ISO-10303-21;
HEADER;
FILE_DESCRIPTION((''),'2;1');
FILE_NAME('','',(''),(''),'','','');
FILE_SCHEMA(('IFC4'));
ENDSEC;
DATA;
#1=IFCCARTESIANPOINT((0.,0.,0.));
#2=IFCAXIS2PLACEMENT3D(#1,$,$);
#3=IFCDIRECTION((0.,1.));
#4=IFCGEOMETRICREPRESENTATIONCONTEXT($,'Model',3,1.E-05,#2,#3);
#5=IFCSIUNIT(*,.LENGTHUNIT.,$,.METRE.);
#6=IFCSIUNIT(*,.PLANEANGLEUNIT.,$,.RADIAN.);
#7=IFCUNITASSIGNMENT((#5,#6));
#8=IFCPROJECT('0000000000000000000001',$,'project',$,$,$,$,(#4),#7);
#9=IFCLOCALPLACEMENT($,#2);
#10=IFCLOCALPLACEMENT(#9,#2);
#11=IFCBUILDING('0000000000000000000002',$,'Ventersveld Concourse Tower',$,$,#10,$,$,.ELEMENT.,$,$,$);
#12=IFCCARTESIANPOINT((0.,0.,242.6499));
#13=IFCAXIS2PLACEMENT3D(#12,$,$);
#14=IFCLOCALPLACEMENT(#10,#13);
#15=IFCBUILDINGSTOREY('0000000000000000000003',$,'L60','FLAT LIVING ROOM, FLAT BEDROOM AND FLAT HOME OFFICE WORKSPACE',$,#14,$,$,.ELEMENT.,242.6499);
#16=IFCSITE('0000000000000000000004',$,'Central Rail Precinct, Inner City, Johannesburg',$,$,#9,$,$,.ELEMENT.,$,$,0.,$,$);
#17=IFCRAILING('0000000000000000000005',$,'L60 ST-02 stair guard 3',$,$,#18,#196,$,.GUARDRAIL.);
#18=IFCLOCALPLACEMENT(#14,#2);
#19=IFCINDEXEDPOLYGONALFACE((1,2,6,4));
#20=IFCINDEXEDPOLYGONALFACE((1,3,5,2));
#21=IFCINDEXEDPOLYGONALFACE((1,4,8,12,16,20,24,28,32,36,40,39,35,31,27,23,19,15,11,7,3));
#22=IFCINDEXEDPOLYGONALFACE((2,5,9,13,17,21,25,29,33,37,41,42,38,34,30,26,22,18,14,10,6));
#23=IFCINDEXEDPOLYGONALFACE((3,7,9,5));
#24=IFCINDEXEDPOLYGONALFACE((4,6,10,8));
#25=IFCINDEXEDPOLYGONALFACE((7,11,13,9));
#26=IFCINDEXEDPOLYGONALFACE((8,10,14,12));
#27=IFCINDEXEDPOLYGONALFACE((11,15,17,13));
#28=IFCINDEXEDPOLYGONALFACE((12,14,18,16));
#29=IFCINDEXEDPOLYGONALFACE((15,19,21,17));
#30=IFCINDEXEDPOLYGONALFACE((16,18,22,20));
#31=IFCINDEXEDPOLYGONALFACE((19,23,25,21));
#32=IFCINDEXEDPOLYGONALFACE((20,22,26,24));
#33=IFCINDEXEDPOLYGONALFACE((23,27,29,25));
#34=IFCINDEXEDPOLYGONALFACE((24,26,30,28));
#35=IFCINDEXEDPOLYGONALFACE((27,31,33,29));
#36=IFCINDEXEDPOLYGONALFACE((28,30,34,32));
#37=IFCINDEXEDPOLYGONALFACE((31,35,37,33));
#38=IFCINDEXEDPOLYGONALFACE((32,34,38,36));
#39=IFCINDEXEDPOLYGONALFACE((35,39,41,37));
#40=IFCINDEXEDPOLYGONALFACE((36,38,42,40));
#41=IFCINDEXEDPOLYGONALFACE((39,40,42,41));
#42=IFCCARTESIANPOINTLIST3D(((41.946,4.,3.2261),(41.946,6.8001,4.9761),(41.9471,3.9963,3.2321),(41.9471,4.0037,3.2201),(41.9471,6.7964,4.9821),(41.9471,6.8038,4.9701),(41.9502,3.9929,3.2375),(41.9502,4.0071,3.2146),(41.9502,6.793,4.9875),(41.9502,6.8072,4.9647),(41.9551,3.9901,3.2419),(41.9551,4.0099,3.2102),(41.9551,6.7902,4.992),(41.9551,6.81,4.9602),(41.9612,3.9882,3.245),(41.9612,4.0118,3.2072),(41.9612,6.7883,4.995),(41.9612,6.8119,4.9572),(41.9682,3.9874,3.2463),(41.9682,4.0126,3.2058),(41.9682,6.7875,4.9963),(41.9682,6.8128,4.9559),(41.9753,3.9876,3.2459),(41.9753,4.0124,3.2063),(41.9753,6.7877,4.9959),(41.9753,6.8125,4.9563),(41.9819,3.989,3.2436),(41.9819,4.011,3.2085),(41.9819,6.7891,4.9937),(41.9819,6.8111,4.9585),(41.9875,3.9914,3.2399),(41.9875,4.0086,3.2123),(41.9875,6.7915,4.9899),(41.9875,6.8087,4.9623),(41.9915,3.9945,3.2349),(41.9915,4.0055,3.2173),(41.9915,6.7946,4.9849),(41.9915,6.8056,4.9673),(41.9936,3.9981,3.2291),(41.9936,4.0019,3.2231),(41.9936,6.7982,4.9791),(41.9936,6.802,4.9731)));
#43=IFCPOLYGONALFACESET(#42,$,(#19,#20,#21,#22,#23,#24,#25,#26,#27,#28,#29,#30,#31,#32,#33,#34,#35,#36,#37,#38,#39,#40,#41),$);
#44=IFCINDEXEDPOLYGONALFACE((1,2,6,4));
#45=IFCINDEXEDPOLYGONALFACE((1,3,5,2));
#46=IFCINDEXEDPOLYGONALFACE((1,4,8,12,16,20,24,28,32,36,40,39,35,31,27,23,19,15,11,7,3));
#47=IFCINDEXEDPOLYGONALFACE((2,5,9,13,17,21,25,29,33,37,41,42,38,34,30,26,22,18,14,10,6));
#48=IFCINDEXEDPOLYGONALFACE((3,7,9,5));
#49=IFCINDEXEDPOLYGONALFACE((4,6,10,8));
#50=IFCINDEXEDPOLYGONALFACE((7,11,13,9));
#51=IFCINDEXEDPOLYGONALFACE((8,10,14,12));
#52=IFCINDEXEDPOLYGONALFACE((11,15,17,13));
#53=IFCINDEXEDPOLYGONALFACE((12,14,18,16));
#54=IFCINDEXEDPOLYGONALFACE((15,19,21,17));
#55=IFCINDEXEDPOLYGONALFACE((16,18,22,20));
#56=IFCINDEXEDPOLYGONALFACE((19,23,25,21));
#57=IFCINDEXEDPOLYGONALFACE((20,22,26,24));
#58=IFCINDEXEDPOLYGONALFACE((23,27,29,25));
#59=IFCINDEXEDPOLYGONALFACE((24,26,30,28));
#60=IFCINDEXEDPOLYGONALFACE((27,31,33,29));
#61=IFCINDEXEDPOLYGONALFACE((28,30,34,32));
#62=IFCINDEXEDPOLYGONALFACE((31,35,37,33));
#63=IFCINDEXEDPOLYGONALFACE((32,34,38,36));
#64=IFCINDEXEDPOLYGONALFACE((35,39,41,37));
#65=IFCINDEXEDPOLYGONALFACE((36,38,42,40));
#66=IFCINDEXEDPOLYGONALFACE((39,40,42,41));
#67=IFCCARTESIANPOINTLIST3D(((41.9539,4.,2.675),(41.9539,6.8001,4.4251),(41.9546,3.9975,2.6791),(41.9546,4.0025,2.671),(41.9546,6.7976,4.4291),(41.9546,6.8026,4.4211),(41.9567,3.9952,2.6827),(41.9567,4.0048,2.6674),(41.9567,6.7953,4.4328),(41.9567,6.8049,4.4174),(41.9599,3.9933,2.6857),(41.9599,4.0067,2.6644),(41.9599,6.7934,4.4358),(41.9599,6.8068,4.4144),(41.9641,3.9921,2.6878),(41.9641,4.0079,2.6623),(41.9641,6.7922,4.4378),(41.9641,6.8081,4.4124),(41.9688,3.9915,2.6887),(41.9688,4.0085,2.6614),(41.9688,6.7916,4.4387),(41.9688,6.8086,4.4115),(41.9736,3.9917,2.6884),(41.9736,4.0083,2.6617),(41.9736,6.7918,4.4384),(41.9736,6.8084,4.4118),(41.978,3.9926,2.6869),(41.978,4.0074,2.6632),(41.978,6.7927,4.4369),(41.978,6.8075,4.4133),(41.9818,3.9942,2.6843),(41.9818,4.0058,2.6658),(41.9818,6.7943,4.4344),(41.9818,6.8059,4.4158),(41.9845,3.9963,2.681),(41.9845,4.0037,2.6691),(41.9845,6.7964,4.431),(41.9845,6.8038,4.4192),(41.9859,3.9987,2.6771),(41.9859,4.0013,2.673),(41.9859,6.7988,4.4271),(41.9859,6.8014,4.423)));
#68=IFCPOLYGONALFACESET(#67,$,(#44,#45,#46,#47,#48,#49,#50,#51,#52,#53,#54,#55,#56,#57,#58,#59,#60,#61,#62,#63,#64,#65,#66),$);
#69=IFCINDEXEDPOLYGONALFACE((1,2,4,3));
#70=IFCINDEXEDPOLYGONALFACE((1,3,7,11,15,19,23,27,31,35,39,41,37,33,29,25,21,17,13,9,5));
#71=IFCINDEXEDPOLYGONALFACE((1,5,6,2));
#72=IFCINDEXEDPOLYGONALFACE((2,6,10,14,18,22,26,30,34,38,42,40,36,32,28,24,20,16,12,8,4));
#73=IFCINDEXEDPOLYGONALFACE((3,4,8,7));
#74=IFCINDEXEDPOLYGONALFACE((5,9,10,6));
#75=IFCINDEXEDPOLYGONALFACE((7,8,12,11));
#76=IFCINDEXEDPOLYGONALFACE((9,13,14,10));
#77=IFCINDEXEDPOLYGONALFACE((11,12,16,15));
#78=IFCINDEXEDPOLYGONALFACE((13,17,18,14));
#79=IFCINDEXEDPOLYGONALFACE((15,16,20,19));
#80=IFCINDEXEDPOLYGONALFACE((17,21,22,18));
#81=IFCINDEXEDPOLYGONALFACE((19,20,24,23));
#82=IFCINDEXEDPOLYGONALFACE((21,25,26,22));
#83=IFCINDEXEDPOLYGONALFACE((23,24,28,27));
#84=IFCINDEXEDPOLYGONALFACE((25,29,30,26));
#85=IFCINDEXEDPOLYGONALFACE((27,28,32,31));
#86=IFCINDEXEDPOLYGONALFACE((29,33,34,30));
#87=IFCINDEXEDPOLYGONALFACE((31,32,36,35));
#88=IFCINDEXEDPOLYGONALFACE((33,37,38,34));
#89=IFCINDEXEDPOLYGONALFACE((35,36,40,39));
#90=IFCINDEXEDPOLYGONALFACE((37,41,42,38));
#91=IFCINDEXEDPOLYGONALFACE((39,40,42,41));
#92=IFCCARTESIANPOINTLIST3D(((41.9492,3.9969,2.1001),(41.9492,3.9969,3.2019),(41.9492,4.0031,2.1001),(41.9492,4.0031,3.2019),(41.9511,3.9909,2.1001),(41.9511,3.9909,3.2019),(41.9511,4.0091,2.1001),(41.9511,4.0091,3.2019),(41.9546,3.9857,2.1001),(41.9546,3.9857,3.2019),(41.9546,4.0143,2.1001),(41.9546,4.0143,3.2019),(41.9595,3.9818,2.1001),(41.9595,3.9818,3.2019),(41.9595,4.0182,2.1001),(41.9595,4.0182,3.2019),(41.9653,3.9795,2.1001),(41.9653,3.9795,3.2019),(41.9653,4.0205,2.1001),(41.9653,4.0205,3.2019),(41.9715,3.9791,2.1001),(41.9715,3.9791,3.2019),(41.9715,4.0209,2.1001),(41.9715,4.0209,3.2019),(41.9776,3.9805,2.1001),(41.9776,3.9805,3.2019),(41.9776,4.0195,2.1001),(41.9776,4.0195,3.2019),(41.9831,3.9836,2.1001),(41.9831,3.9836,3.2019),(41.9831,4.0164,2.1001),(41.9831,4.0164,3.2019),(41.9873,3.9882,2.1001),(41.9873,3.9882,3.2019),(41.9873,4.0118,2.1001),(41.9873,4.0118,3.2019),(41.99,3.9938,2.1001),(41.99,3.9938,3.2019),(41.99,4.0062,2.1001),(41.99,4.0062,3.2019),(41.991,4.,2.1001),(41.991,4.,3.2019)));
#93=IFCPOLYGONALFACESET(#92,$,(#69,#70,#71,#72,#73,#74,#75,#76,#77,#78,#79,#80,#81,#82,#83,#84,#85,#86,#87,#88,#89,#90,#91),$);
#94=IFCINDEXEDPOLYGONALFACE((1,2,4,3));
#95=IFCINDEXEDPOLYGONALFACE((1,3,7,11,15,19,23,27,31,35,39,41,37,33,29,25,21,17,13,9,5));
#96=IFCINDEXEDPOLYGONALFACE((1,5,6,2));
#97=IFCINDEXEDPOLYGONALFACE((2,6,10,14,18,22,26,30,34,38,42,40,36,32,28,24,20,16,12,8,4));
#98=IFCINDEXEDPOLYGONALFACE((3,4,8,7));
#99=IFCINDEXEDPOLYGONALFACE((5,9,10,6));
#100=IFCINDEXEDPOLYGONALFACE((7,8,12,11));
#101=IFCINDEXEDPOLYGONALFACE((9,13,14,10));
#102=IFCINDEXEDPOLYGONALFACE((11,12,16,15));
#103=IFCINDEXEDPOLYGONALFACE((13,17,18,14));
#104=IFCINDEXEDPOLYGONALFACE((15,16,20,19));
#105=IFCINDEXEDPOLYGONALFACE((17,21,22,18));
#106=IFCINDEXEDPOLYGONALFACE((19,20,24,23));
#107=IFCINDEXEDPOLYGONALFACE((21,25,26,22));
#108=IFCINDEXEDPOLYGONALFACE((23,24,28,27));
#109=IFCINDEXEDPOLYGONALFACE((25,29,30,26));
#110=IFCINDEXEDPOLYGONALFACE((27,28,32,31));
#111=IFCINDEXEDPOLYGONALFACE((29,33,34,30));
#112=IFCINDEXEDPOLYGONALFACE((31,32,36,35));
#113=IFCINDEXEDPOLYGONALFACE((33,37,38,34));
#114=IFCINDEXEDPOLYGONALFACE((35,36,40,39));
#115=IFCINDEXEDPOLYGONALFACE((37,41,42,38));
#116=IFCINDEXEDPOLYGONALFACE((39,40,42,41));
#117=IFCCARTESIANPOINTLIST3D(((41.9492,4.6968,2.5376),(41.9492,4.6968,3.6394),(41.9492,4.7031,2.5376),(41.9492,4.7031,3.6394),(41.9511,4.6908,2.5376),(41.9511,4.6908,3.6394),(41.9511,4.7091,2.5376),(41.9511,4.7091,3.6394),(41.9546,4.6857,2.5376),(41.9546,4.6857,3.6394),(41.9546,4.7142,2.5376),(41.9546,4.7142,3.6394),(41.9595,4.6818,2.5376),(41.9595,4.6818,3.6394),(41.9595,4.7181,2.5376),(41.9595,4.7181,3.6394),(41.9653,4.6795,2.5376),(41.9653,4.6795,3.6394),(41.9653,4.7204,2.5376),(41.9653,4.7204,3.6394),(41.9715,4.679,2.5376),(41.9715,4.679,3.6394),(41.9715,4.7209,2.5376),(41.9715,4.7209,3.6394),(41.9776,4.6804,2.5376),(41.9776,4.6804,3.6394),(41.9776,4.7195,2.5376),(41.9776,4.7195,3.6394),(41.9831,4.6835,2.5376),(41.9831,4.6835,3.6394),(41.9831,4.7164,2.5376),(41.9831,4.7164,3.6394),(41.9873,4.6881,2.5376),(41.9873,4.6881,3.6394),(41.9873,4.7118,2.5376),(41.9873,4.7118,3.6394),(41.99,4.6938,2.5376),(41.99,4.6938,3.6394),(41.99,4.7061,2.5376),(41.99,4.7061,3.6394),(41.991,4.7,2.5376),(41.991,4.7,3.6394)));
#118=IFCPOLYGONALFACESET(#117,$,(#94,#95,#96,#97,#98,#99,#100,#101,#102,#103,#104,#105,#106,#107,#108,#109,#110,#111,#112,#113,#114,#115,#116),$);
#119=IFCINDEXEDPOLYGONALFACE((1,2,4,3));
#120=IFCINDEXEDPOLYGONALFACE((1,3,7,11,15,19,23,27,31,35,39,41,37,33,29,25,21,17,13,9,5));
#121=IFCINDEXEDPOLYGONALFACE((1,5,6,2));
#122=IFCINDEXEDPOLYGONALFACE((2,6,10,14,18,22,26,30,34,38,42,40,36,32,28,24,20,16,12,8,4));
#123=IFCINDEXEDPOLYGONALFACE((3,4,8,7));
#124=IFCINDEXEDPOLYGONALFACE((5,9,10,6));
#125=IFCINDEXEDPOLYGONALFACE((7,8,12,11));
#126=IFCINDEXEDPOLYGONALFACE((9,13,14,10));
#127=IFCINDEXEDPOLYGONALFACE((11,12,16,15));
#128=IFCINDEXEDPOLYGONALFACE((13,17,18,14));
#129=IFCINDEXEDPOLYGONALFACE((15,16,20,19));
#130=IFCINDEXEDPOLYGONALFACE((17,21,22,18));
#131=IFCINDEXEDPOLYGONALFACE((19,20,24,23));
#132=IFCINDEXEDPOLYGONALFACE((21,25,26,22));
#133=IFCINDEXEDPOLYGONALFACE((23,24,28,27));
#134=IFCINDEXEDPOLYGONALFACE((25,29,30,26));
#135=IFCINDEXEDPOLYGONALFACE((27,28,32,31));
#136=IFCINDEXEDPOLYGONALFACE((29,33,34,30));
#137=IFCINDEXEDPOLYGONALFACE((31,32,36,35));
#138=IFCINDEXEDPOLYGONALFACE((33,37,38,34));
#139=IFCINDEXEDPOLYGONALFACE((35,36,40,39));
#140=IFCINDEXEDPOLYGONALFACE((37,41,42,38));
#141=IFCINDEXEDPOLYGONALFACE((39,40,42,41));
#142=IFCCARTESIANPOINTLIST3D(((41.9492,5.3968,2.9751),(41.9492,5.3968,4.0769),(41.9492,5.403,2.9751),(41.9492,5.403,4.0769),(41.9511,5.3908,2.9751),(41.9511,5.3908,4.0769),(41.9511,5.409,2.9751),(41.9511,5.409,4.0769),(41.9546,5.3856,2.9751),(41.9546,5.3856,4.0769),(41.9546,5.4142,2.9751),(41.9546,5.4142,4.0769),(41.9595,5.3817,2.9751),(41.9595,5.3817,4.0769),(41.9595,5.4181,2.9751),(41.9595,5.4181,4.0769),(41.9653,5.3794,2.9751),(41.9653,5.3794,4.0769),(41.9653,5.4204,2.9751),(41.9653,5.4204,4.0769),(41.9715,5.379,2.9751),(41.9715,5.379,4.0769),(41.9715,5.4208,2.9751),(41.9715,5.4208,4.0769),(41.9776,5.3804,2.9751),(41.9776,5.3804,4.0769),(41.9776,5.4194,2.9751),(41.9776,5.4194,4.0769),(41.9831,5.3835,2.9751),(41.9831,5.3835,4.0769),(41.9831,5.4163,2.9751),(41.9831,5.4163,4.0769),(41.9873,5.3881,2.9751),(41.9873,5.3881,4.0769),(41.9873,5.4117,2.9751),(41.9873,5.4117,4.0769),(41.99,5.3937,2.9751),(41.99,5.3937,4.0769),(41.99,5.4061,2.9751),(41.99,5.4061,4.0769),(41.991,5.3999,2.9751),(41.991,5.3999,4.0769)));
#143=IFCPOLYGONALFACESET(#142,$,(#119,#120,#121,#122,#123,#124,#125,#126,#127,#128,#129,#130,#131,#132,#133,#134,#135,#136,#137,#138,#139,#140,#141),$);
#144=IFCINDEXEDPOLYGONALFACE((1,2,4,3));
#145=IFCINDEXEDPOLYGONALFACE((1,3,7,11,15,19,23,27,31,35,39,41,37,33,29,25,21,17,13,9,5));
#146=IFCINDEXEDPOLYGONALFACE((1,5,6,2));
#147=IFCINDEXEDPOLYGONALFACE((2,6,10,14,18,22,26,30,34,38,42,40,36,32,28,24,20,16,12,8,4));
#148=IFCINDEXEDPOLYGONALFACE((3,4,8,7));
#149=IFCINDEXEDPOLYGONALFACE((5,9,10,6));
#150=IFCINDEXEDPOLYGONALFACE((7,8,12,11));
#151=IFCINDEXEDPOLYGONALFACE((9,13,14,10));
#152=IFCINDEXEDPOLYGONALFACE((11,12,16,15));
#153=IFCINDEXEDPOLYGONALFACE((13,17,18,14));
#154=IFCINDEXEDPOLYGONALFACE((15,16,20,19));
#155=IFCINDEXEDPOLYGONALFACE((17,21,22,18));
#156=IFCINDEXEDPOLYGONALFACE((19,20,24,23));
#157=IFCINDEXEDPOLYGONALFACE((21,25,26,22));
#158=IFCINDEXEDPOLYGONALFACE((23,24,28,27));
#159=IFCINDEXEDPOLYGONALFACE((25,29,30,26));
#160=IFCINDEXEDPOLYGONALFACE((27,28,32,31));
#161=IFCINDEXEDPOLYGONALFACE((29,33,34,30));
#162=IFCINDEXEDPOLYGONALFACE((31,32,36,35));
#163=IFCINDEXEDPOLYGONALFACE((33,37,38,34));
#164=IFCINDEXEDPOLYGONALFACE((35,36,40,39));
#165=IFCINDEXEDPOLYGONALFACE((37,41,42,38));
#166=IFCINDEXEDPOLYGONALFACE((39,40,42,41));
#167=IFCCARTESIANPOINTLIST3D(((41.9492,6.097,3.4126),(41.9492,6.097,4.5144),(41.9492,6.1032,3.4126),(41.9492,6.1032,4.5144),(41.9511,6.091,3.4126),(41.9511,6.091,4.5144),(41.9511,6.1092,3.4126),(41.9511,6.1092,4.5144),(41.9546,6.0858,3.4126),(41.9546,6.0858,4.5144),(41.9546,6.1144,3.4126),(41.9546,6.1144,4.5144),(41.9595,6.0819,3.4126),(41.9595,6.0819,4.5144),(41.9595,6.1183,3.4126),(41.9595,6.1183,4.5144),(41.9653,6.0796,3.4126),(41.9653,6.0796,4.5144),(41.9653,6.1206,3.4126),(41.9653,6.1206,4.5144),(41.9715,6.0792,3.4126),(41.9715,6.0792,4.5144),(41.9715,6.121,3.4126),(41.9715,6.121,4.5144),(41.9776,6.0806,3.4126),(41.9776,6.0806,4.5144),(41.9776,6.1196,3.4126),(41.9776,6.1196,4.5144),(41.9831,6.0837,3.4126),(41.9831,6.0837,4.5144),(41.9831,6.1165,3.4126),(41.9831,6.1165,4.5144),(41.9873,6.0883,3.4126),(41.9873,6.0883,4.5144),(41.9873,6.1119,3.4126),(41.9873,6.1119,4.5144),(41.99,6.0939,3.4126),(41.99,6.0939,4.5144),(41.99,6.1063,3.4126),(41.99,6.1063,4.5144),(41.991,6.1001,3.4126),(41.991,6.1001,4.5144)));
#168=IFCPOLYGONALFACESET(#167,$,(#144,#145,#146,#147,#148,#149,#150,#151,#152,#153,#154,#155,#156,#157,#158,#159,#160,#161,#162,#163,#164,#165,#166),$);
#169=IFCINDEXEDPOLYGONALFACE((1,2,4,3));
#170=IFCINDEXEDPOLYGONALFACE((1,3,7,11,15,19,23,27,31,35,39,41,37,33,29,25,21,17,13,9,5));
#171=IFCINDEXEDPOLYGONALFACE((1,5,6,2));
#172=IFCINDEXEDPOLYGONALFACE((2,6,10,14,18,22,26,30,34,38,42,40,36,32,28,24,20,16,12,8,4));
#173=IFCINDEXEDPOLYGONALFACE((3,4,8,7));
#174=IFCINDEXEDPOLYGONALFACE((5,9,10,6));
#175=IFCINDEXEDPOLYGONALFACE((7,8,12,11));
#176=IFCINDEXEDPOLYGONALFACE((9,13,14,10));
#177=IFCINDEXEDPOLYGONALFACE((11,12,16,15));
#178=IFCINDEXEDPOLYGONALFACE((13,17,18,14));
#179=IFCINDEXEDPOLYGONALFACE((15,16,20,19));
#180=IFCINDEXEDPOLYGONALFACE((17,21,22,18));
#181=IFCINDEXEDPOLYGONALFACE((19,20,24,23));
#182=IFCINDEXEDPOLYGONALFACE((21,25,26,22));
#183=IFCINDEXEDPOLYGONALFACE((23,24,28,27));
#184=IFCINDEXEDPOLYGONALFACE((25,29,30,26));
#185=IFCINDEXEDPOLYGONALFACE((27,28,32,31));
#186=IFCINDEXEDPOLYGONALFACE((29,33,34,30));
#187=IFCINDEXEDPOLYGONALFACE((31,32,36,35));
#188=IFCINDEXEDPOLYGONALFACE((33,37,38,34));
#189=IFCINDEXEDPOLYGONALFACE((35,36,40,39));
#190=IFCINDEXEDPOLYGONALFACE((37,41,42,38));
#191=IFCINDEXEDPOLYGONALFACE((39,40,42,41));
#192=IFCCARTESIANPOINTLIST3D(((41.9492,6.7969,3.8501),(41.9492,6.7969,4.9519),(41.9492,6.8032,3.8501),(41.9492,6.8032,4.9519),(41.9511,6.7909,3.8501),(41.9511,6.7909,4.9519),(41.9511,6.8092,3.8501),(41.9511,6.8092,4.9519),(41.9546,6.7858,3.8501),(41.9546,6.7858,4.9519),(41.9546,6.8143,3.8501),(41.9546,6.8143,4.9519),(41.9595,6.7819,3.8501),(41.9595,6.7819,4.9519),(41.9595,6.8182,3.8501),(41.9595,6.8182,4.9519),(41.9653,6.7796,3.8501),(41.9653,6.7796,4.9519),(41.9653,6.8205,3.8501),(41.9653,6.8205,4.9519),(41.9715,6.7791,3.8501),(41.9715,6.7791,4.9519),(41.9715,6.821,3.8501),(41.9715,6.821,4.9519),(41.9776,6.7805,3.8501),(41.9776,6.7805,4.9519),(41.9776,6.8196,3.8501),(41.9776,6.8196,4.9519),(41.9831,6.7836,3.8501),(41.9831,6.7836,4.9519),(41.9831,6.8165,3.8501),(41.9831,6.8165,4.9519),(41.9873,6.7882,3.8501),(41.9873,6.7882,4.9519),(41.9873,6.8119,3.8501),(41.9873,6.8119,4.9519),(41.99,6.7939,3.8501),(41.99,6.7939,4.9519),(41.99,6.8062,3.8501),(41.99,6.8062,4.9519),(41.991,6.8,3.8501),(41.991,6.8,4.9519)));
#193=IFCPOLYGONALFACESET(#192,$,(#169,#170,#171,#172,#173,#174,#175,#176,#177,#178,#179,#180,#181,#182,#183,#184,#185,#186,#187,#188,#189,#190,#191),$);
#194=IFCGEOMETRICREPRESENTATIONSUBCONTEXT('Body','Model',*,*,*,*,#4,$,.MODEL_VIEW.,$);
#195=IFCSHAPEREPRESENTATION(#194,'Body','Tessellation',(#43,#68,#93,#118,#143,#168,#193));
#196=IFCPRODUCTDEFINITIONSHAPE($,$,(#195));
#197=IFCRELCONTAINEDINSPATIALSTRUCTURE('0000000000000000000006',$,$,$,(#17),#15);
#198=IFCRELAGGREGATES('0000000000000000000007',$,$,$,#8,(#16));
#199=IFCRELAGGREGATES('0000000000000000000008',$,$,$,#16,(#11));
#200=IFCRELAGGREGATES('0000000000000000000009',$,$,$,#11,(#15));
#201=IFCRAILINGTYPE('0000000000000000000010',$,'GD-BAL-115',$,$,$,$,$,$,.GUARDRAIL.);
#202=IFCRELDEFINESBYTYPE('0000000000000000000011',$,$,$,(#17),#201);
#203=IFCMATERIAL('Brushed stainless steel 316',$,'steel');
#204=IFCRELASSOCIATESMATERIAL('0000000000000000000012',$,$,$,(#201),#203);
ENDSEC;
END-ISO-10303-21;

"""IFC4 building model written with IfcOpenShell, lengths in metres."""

from ifc_helpers import new_model, si_unit, direction, frame, origin, origin_2d, place, context, subcontext, project, spatial, circle, extrude, material, type_object, element, save


model = new_model("IFC4")

# Units and contexts
model_context = context("Model", 3, precision=1e-05, world=origin(), true_north=direction((0.0, 1.0)))
body_context = subcontext(model_context, "Body", "Model", "MODEL_VIEW")
ifc_project = project(units=[si_unit("LENGTHUNIT", "METRE"), si_unit("PLANEANGLEUNIT", "RADIAN")], contexts=[model_context])

# Site, building, storey
site_placement = place(None, origin())
site = spatial("IfcSite", under=ifc_project, at=site_placement, Name="Central Rail Precinct, Inner City, Johannesburg", CompositionType="ELEMENT", RefElevation=0.0)
building_placement = place(site_placement, origin())
building = spatial("IfcBuilding", under=site, at=building_placement, Name="Ventersveld Concourse Tower", CompositionType="ELEMENT")
storey_placement = place(building_placement, frame((0.0, 0.0, 242.6499)))
storey = spatial("IfcBuildingStorey", under=building, at=storey_placement, Name="L60", Description="FLAT LIVING ROOM, FLAT BEDROOM AND FLAT HOME OFFICE WORKSPACE", CompositionType="ELEMENT", Elevation=242.6499)

# Railing
ifc_material_1 = material(Name="Brushed stainless steel 316", Category="steel")
railing_type_1 = type_object("IfcRailingType", Name="GD-BAL-115", PredefinedType="GUARDRAIL", material=ifc_material_1)
railing_1_placement = place(storey_placement, frame((41.97, 4.0, 2.1001)))
element("IfcRailing", 1, at=railing_1_placement, inside=storey, type_object=railing_type_1, Name="L60 ST-02 stair guard 3", PredefinedType="GUARDRAIL", context=body_context, shape_type="SweptSolid", body=[
    extrude(circle(Radius=0.0239, at=origin_2d()), frame((0.0, 0.0, 1.126), z_axis=(0.0, 0.848002, 0.529992), x_axis=(-1.0, 0.0, 0.0)), (0.0, 0.0, 1.0), 3.302),
    extrude(circle(Radius=0.0161, at=origin_2d()), frame((0.0, 0.0, 0.575), z_axis=(0.0, 0.848002, 0.529992), x_axis=(-1.0, 0.0, 0.0)), (0.0, 0.0, 1.0), 3.302),
    extrude(circle(Radius=0.021, at=origin_2d()), origin(), (0.0, 0.0, 1.0), 1.1018),
    extrude(circle(Radius=0.021, at=origin_2d()), frame((0.0, 0.7, 0.4375)), (0.0, 0.0, 1.0), 1.1018),
    extrude(circle(Radius=0.021, at=origin_2d()), frame((0.0, 1.3999, 0.875)), (0.0, 0.0, 1.0), 1.1018),
    extrude(circle(Radius=0.021, at=origin_2d()), frame((0.0, 2.1001, 1.3125)), (0.0, 0.0, 1.0), 1.1018),
    extrude(circle(Radius=0.021, at=origin_2d()), frame((0.0, 2.8, 1.75)), (0.0, 0.0, 1.0), 1.1018),
])

save(model, "model.ifc")
